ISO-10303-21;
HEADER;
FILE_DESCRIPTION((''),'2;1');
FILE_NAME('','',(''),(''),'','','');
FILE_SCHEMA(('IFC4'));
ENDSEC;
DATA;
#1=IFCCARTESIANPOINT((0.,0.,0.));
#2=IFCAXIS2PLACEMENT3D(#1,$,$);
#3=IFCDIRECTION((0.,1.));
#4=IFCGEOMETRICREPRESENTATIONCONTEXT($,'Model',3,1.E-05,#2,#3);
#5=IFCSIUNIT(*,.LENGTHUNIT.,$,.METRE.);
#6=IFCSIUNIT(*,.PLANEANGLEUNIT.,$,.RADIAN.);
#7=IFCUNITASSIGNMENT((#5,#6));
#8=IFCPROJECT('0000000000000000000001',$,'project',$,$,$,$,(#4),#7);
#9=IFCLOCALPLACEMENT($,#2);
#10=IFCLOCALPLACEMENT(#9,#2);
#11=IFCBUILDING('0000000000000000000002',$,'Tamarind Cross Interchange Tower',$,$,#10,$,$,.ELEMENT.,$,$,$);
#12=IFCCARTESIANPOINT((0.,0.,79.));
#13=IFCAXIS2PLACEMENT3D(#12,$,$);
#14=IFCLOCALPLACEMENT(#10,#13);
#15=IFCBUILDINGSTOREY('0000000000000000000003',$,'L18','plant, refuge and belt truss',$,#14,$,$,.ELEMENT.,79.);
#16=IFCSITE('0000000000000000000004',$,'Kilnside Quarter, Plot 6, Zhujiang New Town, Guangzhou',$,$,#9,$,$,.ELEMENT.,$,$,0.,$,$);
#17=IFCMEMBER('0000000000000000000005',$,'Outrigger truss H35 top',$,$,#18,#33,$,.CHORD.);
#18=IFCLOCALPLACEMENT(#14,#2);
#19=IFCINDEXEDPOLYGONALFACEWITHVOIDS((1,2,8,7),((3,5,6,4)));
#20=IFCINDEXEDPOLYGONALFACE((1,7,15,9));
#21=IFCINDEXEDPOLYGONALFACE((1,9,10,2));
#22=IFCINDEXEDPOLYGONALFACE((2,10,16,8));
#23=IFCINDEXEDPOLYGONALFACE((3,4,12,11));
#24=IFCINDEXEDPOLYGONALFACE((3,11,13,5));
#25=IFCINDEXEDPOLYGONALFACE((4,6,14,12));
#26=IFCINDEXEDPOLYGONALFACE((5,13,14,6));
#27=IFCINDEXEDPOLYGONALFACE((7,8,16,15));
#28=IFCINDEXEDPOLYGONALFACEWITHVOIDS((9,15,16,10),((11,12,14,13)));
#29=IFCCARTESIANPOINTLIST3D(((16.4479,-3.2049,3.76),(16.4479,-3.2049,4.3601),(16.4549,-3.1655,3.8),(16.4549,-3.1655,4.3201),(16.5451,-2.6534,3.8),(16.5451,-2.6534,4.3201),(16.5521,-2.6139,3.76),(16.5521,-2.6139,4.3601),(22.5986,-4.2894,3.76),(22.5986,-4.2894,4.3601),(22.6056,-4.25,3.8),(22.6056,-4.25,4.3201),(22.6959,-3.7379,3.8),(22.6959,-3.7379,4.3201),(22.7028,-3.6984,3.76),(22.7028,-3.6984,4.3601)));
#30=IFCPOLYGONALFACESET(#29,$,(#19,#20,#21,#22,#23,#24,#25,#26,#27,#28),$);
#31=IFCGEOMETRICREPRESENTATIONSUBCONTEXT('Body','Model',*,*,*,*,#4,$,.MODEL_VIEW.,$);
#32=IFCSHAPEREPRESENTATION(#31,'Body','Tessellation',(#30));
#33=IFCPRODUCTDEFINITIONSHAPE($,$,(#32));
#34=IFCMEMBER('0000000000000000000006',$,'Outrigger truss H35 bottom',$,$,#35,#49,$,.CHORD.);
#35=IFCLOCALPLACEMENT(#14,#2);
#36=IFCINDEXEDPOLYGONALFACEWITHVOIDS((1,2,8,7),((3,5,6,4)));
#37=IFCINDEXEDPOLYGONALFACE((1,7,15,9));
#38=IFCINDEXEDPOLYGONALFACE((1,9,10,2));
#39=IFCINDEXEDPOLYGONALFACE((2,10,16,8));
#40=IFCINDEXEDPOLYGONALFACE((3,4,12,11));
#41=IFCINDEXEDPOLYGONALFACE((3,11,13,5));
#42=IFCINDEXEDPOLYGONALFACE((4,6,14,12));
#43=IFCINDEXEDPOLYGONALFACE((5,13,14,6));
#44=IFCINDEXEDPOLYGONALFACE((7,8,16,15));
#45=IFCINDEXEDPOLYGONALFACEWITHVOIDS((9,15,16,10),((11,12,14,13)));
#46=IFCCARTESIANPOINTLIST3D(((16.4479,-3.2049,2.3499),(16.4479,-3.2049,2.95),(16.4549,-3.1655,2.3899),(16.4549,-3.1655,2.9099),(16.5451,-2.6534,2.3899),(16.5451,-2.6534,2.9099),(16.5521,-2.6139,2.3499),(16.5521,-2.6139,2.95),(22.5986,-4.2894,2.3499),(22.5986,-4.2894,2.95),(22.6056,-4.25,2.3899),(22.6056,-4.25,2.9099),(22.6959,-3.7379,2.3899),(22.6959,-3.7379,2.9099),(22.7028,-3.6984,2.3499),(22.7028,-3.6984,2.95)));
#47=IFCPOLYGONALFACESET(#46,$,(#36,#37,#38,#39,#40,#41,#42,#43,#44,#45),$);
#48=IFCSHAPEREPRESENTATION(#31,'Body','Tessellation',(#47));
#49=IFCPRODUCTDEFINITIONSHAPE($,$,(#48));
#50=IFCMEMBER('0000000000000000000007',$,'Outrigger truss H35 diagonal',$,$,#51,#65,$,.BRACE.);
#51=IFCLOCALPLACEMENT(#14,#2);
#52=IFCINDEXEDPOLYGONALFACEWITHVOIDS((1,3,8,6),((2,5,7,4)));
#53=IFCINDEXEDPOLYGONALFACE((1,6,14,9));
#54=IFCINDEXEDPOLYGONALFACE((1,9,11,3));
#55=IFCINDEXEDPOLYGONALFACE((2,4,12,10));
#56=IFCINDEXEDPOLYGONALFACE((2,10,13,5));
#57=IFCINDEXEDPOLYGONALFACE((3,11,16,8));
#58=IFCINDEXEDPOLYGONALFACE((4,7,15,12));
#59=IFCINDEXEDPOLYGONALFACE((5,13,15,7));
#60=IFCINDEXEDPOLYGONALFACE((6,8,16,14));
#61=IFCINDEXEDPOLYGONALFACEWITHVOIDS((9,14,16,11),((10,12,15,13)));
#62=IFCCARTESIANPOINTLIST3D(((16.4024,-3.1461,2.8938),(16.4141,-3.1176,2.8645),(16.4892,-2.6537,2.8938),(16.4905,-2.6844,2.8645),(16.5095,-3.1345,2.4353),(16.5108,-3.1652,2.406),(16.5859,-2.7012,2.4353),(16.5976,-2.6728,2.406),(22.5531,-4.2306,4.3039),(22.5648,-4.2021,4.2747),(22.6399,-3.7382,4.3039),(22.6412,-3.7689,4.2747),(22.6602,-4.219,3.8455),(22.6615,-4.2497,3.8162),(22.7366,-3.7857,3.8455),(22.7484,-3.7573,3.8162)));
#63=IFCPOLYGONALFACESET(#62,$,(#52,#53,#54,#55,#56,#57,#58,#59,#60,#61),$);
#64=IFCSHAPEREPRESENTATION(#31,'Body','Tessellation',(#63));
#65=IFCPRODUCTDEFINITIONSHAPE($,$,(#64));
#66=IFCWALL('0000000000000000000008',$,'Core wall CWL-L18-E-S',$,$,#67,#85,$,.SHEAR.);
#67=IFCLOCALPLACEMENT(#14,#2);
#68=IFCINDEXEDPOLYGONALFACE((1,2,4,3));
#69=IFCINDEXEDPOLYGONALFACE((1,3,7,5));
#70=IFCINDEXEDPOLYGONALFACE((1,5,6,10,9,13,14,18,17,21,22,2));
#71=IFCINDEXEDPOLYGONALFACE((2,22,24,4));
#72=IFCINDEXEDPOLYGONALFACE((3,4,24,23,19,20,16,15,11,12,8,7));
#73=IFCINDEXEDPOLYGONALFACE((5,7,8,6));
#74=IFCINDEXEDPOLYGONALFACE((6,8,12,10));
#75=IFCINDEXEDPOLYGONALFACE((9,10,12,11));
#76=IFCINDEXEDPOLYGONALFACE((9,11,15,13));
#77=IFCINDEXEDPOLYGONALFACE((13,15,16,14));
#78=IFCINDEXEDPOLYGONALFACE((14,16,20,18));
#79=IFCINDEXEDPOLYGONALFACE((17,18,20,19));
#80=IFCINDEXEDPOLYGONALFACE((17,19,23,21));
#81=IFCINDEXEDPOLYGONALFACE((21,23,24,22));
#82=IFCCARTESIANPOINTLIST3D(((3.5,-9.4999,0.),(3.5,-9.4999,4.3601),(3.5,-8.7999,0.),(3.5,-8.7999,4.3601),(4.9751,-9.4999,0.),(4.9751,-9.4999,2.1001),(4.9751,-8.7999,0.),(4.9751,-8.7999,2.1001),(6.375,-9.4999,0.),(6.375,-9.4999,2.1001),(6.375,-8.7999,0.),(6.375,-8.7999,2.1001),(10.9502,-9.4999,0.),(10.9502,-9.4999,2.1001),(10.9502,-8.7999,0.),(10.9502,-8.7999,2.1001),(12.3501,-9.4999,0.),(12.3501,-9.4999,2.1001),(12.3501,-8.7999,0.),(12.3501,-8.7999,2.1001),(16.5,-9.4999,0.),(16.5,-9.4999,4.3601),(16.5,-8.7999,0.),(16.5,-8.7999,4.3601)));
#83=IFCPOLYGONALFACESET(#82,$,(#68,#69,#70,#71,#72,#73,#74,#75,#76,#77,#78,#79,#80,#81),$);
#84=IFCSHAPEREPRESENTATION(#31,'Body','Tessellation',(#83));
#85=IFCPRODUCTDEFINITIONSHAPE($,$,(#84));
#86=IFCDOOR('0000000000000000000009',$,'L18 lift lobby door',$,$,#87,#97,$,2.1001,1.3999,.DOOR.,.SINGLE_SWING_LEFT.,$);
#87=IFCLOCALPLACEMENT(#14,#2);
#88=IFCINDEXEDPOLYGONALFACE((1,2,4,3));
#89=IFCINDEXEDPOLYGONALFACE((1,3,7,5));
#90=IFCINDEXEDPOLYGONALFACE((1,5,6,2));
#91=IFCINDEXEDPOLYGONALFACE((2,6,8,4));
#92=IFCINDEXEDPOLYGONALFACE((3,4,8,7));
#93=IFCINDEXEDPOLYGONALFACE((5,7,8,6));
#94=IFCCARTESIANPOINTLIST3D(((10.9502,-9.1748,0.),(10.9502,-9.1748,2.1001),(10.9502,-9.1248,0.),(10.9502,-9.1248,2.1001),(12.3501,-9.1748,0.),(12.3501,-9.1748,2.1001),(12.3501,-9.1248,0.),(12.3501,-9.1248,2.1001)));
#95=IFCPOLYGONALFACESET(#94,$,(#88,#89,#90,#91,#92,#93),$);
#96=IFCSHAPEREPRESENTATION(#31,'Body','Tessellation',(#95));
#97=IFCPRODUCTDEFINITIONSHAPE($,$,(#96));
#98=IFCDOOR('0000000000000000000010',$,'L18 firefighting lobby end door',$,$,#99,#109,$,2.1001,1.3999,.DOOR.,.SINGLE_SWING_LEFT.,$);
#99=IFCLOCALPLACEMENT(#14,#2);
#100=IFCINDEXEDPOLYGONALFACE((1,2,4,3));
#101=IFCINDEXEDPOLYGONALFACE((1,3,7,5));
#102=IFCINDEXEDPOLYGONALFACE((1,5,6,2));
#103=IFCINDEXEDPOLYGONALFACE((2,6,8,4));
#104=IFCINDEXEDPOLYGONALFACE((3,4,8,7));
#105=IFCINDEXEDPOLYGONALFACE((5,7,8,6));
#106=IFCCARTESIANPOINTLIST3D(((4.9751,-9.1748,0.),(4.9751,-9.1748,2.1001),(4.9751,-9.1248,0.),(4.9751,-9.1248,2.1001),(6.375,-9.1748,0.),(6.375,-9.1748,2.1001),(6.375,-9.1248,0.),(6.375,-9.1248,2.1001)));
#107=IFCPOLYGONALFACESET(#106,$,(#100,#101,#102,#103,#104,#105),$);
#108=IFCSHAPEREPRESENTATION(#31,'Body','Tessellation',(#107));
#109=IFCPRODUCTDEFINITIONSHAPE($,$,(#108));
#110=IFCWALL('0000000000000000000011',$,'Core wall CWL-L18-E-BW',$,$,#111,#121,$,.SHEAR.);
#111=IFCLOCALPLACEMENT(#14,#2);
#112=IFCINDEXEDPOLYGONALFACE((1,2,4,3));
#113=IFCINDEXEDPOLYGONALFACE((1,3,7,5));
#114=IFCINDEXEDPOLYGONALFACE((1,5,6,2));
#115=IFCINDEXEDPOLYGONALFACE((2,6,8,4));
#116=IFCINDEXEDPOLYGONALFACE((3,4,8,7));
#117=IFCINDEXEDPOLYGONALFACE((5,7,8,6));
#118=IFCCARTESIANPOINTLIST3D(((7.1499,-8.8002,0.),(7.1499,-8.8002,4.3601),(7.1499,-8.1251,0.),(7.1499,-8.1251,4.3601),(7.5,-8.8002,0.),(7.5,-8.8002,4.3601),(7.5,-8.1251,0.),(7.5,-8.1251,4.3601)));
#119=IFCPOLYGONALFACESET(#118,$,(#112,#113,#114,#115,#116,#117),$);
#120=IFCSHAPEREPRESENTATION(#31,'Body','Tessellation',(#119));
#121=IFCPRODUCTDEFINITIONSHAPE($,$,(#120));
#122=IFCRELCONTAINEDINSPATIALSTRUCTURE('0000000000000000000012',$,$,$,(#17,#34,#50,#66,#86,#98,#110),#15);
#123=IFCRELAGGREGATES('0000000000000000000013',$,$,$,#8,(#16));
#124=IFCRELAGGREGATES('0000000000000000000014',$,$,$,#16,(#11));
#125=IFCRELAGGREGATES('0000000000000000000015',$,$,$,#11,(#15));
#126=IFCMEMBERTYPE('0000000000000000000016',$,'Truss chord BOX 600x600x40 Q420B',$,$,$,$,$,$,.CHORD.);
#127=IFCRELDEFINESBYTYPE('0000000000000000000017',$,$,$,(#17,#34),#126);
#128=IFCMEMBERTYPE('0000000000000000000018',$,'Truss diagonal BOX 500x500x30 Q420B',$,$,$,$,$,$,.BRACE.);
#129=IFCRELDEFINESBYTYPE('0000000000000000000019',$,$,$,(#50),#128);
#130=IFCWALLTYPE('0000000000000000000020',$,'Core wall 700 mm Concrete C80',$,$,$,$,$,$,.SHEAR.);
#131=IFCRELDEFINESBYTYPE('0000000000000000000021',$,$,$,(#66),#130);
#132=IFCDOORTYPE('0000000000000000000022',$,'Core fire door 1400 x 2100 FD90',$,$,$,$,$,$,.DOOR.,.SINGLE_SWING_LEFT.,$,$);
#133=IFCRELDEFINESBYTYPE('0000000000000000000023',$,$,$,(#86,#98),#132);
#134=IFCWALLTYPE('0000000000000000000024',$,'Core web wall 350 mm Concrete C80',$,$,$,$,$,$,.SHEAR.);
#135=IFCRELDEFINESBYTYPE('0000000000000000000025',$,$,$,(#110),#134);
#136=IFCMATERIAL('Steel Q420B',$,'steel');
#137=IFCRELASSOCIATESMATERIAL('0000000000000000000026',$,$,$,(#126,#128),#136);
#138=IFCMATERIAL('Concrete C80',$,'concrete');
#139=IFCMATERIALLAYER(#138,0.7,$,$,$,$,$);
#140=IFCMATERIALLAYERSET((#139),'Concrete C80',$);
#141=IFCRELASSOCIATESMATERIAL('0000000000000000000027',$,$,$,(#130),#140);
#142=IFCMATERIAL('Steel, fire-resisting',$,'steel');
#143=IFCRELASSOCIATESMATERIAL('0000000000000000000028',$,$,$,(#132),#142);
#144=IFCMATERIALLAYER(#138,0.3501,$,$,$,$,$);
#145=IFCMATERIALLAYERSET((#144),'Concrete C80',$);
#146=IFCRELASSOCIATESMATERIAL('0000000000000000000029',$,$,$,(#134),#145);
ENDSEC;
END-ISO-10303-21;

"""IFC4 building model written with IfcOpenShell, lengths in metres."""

from ifc_helpers import new_model, si_unit, direction, frame, frame_2d, origin, origin_2d, place, context, subcontext, project, spatial, rectangle, hollow_rectangle, extrude, material, layer, layer_set, material_profile, profile_set, type_object, element, fill, save


model = new_model("IFC4")

# Units and contexts
model_context = context("Model", 3, precision=1e-05, world=origin(), true_north=direction((0.0, 1.0)))
body_context = subcontext(model_context, "Body", "Model", "MODEL_VIEW")
ifc_project = project(units=[si_unit("LENGTHUNIT", "METRE"), si_unit("PLANEANGLEUNIT", "RADIAN")], contexts=[model_context])

# Site, building, storey
site_placement = place(None, origin())
site = spatial("IfcSite", under=ifc_project, at=site_placement, Name="Kilnside Quarter, Plot 6, Zhujiang New Town, Guangzhou", CompositionType="ELEMENT", RefElevation=0.0)
building_placement = place(site_placement, origin())
building = spatial("IfcBuilding", under=site, at=building_placement, Name="Tamarind Cross Interchange Tower", CompositionType="ELEMENT")
storey_placement = place(building_placement, frame((0.0, 0.0, 79.0)))
storey = spatial("IfcBuildingStorey", under=building, at=storey_placement, Name="L18", Description="plant, refuge and belt truss", CompositionType="ELEMENT", Elevation=79.0)

# Members
ifc_material_1 = material(Name="Steel Q420B", Category="steel")
ifc_material_profile_1 = material_profile(ifc_material_1, hollow_rectangle(XDim=0.6001, YDim=0.6001, WallThickness=0.04, at=origin_2d()), Name="BOX 600x600x40")
ifc_profile_set_1 = profile_set([ifc_material_profile_1], Name="Steel Q420B")
member_type_1 = type_object("IfcMemberType", Name="Truss chord BOX 600x600x40 Q420B", PredefinedType="CHORD", material=ifc_profile_set_1)
for number, where, z_axis, x_axis, name in (
    (1, (16.5, -2.9094, 4.0601), (0.984809, -0.17364, 0.0), (0.17364, 0.984809, 0.0), "Outrigger truss H35 top"),
    (2, (16.5, -2.9094, 2.6499), (0.984809, -0.17364, 0.0), (0.17364, 0.984809, 0.0), "Outrigger truss H35 bottom"),
):
    element("IfcMember", number, at=place(storey_placement, frame(where, z_axis=z_axis, x_axis=x_axis)), inside=storey, type_object=member_type_1, Name=name, PredefinedType="CHORD", context=body_context, shape_type="SweptSolid", body=[
        extrude(hollow_rectangle(XDim=0.6001, YDim=0.6001, WallThickness=0.04, at=origin_2d()), origin(), (0.0, 0.0, 1.0), 6.2456),
    ])
ifc_material_profile_2 = material_profile(ifc_material_1, hollow_rectangle(XDim=0.5, YDim=0.5, WallThickness=0.03, at=origin_2d()), Name="BOX 500x500x30")
ifc_profile_set_2 = profile_set([ifc_material_profile_2], Name="Steel Q420B")
member_type_2 = type_object("IfcMemberType", Name="Truss diagonal BOX 500x500x30 Q420B", PredefinedType="BRACE", material=ifc_profile_set_2)
member_placement = place(storey_placement, frame((16.5, -2.9094, 2.6499), z_axis=(0.960627, -0.169377, 0.220243), x_axis=(0.17364, 0.984809, 0.0)))
element("IfcMember", 3, at=member_placement, inside=storey, type_object=member_type_2, Name="Outrigger truss H35 diagonal", PredefinedType="BRACE", context=body_context, shape_type="SweptSolid", body=[
    extrude(hollow_rectangle(XDim=0.5, YDim=0.5, WallThickness=0.03, at=origin_2d()), origin(), (0.0, 0.0, 1.0), 6.4028),
])

# Wall, openings, doors
ifc_material_2 = material(Name="Concrete C80", Category="concrete")
ifc_layer_1 = layer(ifc_material_2, 0.7)
ifc_layer_set_1 = layer_set([ifc_layer_1], Name="Concrete C80")
wall_type_1 = type_object("IfcWallType", Name="Core wall 700 mm Concrete C80", PredefinedType="SHEAR", material=ifc_layer_set_1)
wall_1_placement = place(storey_placement, frame((16.5, -9.1499, 0.0), z_axis=(0.0, 0.0, 1.0), x_axis=(-1.0, 0.0, 0.0)))
wall_1 = element("IfcWall", 4, at=wall_1_placement, inside=storey, type_object=wall_type_1, Name="Core wall CWL-L18-E-S", PredefinedType="SHEAR", context=body_context, shape_type="SweptSolid", body=[
    extrude(rectangle(XDim=13.0, YDim=0.7, at=frame_2d((6.5, 0.0))), origin(), (0.0, 0.0, 1.0), 4.3601),
])
opening_1_placement = place(wall_1_placement, frame((4.1499, 0.0, 0.0)))
opening_1 = element("IfcOpeningElement", 5, at=opening_1_placement, cuts=wall_1, PredefinedType="OPENING", context=body_context, shape_type="SweptSolid", body=[
    extrude(rectangle(XDim=1.3999, YDim=2.1001, at=frame_2d((0.7, 1.05))), frame((0.0, 0.3599, 0.0), z_axis=(0.0, -1.0, 0.0), x_axis=(1.0, 0.0, 0.0)), (0.0, 0.0, 1.0), 0.72),
])
opening_2_placement = place(wall_1_placement, frame((10.125, 0.0, 0.0)))
opening_2 = element("IfcOpeningElement", 6, at=opening_2_placement, cuts=wall_1, PredefinedType="OPENING", context=body_context, shape_type="SweptSolid", body=[
    extrude(rectangle(XDim=1.3999, YDim=2.1001, at=frame_2d((0.7, 1.05))), frame((0.0, 0.3599, 0.0), z_axis=(0.0, -1.0, 0.0), x_axis=(1.0, 0.0, 0.0)), (0.0, 0.0, 1.0), 0.72),
])
ifc_material_3 = material(Name="Steel, fire-resisting", Category="steel")
door_type_1 = type_object("IfcDoorType", Name="Core fire door 1400 x 2100 FD90", OperationType="SINGLE_SWING_LEFT", PredefinedType="DOOR", material=ifc_material_3)
door_1_placement = place(opening_1_placement, origin())
door_1 = element("IfcDoor", 7, at=door_1_placement, inside=storey, type_object=door_type_1, Name="L18 lift lobby door", OperationType="SINGLE_SWING_LEFT", OverallHeight=2.1001, OverallWidth=1.3999, PredefinedType="DOOR", context=body_context, shape_type="SweptSolid", body=[
    extrude(rectangle(XDim=1.3999, YDim=2.1001, at=frame_2d((0.7, 1.05))), frame((0.0, 0.0249, 0.0), z_axis=(0.0, -1.0, 0.0), x_axis=(1.0, 0.0, 0.0)), (0.0, 0.0, 1.0), 0.05),
])
fill(opening_1, door_1)
door_2_placement = place(opening_2_placement, origin())
door_2 = element("IfcDoor", 8, at=door_2_placement, inside=storey, type_object=door_type_1, Name="L18 firefighting lobby end door", OperationType="SINGLE_SWING_LEFT", OverallHeight=2.1001, OverallWidth=1.3999, PredefinedType="DOOR", context=body_context, shape_type="SweptSolid", body=[
    extrude(rectangle(XDim=1.3999, YDim=2.1001, at=frame_2d((0.7, 1.05))), frame((0.0, 0.0249, 0.0), z_axis=(0.0, -1.0, 0.0), x_axis=(1.0, 0.0, 0.0)), (0.0, 0.0, 1.0), 0.05),
])
fill(opening_2, door_2)

# Wall
ifc_layer_2 = layer(ifc_material_2, 0.3501)
ifc_layer_set_2 = layer_set([ifc_layer_2], Name="Concrete C80")
wall_type_2 = type_object("IfcWallType", Name="Core web wall 350 mm Concrete C80", PredefinedType="SHEAR", material=ifc_layer_set_2)
wall_2_placement = place(storey_placement, frame((7.325, -8.8, 0.0), z_axis=(0.0, 0.0, 1.0), x_axis=(0.0, 1.0, 0.0)))
element("IfcWall", 9, at=wall_2_placement, inside=storey, type_object=wall_type_2, Name="Core wall CWL-L18-E-BW", PredefinedType="SHEAR", context=body_context, shape_type="SweptSolid", body=[
    extrude(rectangle(XDim=0.675, YDim=0.3501, at=frame_2d((0.3374, 0.0))), origin(), (0.0, 0.0, 1.0), 4.3601),
])

save(model, "model.ifc")
